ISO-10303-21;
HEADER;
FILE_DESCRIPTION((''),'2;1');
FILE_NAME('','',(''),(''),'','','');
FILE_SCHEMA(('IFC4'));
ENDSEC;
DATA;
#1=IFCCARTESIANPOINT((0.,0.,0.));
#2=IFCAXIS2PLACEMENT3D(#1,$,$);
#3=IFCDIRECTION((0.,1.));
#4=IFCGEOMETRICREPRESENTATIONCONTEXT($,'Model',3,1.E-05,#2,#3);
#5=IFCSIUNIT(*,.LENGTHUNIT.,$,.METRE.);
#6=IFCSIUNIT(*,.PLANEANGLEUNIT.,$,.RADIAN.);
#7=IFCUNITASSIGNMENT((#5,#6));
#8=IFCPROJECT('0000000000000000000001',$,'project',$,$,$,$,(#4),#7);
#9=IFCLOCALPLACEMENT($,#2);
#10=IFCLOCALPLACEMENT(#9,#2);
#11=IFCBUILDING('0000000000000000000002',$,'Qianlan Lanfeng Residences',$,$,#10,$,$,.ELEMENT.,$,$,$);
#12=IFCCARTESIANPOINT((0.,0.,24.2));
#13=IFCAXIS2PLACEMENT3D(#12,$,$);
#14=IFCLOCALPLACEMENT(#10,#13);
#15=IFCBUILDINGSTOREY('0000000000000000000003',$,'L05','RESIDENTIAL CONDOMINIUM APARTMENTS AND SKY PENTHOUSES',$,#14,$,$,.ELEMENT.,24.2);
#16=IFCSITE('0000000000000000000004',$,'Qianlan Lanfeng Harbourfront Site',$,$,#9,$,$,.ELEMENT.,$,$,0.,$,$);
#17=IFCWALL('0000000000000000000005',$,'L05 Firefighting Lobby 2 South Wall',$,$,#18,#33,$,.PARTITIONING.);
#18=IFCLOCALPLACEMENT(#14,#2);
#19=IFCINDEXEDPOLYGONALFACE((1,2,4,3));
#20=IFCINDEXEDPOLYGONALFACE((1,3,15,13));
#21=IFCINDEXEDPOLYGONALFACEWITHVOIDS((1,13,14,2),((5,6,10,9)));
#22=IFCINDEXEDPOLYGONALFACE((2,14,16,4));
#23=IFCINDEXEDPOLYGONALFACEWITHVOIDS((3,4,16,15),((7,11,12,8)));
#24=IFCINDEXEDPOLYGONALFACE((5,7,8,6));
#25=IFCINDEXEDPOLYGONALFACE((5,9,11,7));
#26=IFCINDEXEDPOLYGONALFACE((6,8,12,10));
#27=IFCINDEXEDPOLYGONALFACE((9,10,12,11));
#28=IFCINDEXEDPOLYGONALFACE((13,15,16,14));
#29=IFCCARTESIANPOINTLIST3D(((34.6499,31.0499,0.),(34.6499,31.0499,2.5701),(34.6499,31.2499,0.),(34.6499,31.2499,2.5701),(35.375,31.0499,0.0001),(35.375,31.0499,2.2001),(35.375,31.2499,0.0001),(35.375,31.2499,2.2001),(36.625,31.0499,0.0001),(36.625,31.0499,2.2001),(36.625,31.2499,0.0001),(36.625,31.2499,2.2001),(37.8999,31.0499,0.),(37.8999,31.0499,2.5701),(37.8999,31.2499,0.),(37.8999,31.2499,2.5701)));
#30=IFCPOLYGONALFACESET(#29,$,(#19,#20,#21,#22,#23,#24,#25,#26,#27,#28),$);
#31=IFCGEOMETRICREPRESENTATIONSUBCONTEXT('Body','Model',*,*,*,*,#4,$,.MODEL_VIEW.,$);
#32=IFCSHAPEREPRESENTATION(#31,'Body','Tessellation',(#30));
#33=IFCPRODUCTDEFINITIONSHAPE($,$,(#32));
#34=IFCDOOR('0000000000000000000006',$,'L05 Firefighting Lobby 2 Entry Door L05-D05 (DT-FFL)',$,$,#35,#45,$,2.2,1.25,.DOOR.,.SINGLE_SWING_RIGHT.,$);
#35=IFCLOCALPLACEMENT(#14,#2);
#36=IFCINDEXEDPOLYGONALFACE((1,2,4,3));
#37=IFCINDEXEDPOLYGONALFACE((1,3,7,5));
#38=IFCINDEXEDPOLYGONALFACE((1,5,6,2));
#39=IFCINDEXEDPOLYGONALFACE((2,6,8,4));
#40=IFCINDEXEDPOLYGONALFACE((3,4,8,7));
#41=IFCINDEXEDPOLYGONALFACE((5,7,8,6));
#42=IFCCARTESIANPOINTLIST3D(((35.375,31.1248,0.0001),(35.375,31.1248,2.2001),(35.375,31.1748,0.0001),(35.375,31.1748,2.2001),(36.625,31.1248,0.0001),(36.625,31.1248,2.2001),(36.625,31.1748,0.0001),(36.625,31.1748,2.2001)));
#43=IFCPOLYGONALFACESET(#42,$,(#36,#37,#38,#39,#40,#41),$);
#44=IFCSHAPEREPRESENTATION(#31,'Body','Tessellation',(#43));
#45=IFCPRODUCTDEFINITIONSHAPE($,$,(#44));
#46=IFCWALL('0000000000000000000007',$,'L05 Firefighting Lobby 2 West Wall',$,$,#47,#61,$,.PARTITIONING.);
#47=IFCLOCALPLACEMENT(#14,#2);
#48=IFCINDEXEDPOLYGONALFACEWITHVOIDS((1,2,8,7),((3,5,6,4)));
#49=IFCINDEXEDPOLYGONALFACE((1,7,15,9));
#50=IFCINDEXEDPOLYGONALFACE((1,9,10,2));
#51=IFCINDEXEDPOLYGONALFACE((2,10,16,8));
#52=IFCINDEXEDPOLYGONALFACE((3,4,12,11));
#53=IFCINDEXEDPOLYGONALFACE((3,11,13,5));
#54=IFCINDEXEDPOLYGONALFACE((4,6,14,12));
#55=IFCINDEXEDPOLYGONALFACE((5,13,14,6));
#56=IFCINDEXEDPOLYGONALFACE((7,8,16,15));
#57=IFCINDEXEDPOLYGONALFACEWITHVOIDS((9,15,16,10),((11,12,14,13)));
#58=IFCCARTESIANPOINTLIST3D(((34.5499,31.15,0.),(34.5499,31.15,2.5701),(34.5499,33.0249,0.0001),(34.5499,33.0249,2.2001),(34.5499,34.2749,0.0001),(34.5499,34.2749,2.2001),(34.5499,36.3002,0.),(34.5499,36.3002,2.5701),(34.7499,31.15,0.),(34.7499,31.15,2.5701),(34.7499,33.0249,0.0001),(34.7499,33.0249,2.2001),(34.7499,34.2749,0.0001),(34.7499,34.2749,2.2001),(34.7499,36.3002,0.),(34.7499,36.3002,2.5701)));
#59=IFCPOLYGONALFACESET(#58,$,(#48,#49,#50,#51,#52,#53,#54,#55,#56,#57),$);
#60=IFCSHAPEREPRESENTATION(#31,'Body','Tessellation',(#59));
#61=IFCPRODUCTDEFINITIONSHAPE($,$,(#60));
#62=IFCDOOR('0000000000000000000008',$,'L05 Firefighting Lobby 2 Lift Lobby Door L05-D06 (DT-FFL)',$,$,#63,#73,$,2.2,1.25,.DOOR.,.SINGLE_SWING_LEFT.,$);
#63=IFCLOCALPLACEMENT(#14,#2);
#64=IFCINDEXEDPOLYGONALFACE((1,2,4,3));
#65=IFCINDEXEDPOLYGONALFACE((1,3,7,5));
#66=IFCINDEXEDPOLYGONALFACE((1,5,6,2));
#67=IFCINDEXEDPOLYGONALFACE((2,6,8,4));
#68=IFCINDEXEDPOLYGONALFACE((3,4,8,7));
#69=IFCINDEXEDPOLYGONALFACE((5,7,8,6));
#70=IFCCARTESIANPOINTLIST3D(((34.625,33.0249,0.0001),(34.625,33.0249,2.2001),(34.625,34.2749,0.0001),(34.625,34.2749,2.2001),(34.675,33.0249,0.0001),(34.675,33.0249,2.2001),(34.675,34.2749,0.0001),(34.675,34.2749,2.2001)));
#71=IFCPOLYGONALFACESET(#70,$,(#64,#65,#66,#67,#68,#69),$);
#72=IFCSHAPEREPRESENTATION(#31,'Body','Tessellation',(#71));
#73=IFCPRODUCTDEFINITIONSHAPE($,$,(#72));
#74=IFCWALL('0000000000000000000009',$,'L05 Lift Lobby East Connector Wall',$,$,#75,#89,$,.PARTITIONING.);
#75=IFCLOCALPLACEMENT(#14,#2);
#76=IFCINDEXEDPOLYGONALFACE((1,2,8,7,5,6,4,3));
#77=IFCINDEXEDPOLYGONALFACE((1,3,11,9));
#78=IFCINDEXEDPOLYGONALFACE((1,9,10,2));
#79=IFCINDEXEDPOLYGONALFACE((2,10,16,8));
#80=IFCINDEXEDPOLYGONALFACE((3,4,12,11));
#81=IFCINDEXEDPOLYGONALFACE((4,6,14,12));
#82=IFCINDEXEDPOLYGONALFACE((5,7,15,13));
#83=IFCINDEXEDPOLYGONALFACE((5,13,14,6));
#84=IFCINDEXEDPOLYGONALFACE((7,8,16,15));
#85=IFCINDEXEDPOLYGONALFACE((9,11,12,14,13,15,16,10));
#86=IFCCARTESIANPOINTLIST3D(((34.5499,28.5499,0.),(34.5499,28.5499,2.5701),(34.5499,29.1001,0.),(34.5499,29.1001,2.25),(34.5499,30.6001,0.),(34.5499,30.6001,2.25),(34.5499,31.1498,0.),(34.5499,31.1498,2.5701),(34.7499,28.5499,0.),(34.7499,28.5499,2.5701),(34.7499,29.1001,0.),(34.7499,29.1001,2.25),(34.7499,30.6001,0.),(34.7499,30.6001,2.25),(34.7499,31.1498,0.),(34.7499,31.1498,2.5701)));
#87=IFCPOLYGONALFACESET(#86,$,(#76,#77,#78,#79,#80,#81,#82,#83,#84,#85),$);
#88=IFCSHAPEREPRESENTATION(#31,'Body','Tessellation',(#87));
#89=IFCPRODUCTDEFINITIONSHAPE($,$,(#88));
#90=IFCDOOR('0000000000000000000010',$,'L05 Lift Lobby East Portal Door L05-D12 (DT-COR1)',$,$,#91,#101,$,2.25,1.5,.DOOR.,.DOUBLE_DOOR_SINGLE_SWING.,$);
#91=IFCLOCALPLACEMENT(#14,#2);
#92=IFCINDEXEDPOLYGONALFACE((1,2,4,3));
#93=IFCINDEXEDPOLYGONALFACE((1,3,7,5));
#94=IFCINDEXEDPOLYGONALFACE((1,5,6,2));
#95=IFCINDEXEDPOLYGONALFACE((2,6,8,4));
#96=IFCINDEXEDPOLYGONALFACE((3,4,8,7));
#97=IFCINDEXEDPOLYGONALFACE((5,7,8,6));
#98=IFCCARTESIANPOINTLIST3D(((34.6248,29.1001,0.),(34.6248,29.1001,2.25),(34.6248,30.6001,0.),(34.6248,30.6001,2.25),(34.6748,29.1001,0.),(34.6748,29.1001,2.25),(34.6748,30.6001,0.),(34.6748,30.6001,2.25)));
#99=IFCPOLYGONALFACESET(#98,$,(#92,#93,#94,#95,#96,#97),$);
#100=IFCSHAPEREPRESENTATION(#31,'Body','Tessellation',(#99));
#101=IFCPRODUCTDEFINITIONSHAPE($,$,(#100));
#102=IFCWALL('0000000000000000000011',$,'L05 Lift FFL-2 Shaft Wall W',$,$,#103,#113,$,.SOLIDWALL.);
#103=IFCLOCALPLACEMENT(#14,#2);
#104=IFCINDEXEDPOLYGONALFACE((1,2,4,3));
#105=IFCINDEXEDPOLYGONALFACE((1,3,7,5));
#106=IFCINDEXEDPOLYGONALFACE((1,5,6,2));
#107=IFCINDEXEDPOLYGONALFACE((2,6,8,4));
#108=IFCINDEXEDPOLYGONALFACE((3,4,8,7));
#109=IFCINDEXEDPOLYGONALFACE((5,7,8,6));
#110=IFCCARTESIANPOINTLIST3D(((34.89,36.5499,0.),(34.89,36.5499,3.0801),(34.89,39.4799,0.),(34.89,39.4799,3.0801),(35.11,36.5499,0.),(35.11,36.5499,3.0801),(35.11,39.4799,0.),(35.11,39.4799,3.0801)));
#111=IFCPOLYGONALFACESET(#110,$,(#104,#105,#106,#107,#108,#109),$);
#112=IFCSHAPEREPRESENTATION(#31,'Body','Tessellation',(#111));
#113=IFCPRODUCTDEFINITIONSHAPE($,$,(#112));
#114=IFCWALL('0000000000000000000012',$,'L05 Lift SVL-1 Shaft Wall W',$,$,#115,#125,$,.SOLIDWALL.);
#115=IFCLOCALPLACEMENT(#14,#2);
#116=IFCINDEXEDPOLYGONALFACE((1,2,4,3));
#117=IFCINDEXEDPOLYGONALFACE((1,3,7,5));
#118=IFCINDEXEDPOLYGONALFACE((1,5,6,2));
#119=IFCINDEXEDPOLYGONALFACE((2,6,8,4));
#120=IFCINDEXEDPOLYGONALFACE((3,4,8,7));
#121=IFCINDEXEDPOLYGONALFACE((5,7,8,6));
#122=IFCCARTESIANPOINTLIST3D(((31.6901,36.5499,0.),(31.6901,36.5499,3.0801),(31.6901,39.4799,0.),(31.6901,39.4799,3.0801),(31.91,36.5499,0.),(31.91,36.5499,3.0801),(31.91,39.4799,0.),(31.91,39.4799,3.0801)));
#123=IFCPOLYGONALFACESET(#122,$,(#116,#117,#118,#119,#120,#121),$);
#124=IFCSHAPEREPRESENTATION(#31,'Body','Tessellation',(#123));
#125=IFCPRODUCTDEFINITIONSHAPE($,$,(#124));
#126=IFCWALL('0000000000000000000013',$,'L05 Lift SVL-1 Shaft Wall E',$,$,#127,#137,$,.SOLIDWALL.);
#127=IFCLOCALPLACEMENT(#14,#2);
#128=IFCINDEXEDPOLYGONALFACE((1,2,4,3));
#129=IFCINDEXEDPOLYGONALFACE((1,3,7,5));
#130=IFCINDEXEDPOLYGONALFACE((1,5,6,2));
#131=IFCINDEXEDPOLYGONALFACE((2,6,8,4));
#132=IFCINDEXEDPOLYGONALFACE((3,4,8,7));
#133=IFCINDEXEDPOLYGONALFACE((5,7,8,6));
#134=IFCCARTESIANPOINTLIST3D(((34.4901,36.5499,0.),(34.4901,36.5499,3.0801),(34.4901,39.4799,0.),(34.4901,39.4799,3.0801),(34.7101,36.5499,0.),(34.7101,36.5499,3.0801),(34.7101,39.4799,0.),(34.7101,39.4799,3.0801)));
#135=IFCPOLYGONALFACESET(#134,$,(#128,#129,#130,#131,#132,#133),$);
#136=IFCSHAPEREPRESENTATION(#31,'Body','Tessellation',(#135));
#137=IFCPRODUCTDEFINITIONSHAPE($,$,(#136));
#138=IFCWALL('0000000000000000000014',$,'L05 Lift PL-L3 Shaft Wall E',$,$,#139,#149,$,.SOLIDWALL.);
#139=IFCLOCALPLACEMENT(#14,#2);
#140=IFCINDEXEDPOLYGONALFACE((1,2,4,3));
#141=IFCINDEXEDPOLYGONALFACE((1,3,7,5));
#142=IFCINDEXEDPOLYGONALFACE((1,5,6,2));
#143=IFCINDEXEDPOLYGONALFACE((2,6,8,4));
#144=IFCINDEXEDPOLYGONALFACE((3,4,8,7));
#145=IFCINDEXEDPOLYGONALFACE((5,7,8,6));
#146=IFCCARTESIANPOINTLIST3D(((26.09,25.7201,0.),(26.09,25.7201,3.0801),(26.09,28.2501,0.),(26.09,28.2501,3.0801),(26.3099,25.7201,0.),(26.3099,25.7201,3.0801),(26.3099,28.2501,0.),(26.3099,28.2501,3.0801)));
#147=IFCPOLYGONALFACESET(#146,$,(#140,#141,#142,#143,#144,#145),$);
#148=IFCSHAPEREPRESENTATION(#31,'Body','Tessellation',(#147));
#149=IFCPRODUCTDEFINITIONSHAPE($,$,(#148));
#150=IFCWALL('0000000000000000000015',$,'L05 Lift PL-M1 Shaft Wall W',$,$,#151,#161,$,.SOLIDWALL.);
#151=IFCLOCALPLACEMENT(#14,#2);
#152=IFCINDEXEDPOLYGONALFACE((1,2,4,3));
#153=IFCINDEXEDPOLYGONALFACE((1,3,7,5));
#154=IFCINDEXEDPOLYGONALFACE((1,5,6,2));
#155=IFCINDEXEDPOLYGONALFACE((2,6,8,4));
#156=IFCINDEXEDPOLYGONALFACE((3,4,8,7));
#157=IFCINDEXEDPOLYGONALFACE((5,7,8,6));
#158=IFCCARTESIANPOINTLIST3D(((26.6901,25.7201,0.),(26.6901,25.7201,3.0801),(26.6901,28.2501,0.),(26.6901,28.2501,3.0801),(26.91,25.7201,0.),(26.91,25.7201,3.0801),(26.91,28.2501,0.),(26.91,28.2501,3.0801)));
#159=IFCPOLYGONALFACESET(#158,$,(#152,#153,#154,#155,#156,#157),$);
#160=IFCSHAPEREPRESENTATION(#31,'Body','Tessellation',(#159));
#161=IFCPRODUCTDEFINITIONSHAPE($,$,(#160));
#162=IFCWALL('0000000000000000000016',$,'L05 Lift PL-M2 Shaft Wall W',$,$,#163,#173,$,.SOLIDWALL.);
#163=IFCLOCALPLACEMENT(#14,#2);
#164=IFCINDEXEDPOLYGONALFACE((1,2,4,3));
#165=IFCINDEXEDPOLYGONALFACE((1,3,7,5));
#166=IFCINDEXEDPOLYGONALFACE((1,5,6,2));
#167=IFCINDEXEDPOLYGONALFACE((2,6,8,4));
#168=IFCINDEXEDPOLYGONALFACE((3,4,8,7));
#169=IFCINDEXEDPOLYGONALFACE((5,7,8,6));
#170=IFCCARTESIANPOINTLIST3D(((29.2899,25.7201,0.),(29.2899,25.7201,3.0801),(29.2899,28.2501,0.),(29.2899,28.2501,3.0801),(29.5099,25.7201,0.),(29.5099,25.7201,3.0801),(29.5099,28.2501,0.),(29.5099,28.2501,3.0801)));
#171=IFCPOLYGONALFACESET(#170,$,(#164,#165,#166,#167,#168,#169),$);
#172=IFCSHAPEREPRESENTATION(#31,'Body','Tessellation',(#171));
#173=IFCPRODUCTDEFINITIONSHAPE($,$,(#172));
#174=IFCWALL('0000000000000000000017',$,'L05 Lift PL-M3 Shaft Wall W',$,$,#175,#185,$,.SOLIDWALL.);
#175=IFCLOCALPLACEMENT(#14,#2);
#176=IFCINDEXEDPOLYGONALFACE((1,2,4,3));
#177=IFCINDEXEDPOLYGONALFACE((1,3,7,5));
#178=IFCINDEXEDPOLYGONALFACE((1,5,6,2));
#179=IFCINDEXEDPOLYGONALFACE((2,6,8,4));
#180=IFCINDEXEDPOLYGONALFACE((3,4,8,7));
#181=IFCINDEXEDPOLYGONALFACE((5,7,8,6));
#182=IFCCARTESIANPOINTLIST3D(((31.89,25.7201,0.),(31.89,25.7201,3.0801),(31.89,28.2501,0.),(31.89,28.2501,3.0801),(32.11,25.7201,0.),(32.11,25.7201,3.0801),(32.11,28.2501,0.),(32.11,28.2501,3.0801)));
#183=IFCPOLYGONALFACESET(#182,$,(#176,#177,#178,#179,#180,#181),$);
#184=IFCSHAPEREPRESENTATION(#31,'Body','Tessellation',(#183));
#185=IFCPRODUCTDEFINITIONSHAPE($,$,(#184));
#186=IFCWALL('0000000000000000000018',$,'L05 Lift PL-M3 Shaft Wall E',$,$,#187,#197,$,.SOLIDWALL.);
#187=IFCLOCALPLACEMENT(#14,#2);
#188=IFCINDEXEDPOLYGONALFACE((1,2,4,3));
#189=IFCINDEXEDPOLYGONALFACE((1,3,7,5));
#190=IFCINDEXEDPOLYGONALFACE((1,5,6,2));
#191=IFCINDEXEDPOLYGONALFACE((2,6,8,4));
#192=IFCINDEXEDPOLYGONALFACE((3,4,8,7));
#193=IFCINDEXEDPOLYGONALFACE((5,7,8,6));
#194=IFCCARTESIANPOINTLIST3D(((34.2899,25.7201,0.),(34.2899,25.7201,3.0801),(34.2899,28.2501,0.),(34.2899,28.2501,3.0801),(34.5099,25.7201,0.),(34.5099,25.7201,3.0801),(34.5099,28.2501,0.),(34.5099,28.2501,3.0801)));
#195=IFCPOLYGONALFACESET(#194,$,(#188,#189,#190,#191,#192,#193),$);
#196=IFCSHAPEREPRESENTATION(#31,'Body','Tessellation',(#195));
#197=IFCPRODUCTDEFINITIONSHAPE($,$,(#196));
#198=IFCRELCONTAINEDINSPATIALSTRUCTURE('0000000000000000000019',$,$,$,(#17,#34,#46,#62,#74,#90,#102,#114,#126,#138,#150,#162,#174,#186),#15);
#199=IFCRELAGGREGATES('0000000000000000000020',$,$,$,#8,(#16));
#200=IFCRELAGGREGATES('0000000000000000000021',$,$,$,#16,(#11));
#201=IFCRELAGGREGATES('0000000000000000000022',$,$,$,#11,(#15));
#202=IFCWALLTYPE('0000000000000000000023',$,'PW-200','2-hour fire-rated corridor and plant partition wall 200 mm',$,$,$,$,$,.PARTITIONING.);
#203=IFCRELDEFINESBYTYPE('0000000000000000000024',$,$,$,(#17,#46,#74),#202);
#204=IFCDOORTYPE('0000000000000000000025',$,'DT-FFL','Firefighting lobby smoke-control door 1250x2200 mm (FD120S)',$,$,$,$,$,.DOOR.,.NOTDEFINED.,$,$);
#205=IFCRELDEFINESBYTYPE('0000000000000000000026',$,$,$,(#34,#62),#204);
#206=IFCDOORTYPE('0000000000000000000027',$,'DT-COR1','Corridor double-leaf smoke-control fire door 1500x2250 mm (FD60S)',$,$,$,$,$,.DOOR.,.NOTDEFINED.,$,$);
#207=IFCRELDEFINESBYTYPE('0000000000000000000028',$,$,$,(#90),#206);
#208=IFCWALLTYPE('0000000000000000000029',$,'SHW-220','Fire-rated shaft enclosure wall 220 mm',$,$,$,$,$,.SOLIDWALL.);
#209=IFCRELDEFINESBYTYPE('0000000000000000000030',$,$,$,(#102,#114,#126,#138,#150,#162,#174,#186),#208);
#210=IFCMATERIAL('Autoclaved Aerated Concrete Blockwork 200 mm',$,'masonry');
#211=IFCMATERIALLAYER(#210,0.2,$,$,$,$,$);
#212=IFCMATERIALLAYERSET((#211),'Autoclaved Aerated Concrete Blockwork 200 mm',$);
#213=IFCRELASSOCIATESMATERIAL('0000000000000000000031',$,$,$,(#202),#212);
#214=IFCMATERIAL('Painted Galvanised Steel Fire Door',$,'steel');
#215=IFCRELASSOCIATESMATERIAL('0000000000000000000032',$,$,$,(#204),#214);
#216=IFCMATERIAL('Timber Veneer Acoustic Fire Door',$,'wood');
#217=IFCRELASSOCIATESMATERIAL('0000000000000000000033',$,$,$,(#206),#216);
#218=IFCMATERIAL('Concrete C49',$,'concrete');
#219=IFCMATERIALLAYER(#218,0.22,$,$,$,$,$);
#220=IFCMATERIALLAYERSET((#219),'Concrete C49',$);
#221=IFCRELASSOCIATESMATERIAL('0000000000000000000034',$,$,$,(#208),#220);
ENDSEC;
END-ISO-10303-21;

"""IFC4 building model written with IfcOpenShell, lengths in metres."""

from ifc_helpers import new_model, si_unit, direction, frame, frame_2d, origin, place, context, subcontext, project, spatial, rectangle, extrude, material, layer, layer_set, type_object, element, fill, save


model = new_model("IFC4")

# Units and contexts
model_context = context("Model", 3, precision=1e-05, world=origin(), true_north=direction((0.0, 1.0)))
body_context = subcontext(model_context, "Body", "Model", "MODEL_VIEW")
ifc_project = project(units=[si_unit("LENGTHUNIT", "METRE"), si_unit("PLANEANGLEUNIT", "RADIAN")], contexts=[model_context])

# Site, building, storey
site_placement = place(None, origin())
site = spatial("IfcSite", under=ifc_project, at=site_placement, Name="Qianlan Lanfeng Harbourfront Site", CompositionType="ELEMENT", RefElevation=0.0)
building_placement = place(site_placement, origin())
building = spatial("IfcBuilding", under=site, at=building_placement, Name="Qianlan Lanfeng Residences", CompositionType="ELEMENT")
storey_placement = place(building_placement, frame((0.0, 0.0, 24.2)))
storey = spatial("IfcBuildingStorey", under=building, at=storey_placement, Name="L05", Description="RESIDENTIAL CONDOMINIUM APARTMENTS AND SKY PENTHOUSES", CompositionType="ELEMENT", Elevation=24.2)

# Walls, openings, doors
ifc_material_1 = material(Name="Autoclaved Aerated Concrete Blockwork 200 mm", Category="masonry")
ifc_layer_1 = layer(ifc_material_1, 0.2)
ifc_layer_set_1 = layer_set([ifc_layer_1], Name="Autoclaved Aerated Concrete Blockwork 200 mm")
wall_type_1 = type_object("IfcWallType", Name="PW-200", Description="2-hour fire-rated corridor and plant partition wall 200 mm", PredefinedType="PARTITIONING", material=ifc_layer_set_1)
wall_1_placement = place(storey_placement, frame((34.6499, 31.1499, 0.0), z_axis=(0.0, 0.0, 1.0), x_axis=(1.0, 0.0, 0.0)))
wall_1 = element("IfcWall", 1, at=wall_1_placement, inside=storey, type_object=wall_type_1, Name="L05 Firefighting Lobby 2 South Wall", PredefinedType="PARTITIONING", context=body_context, shape_type="SweptSolid", body=[
    extrude(rectangle(XDim=3.25, YDim=0.2, at=frame_2d((1.625, 0.0))), origin(), (0.0, 0.0, 1.0), 2.5701),
])
opening_1_placement = place(wall_1_placement, frame((0.7251, 0.0, 0.0)))
opening_1 = element("IfcOpeningElement", 2, at=opening_1_placement, cuts=wall_1, PredefinedType="OPENING", context=body_context, shape_type="SweptSolid", body=[
    extrude(rectangle(XDim=1.25, YDim=2.2, at=frame_2d((0.625, 1.1001))), frame((0.0, 0.1099, 0.0), z_axis=(0.0, -1.0, 0.0), x_axis=(1.0, 0.0, 0.0)), (0.0, 0.0, 1.0), 0.22),
])
ifc_material_2 = material(Name="Painted Galvanised Steel Fire Door", Category="steel")
door_type_1 = type_object("IfcDoorType", Name="DT-FFL", Description="Firefighting lobby smoke-control door 1250x2200 mm (FD120S)", OperationType="NOTDEFINED", PredefinedType="DOOR", material=ifc_material_2)
door_1_placement = place(opening_1_placement, origin())
door_1 = element("IfcDoor", 3, at=door_1_placement, inside=storey, type_object=door_type_1, Name="L05 Firefighting Lobby 2 Entry Door L05-D05 (DT-FFL)", OperationType="SINGLE_SWING_RIGHT", OverallHeight=2.2, OverallWidth=1.25, PredefinedType="DOOR", context=body_context, shape_type="SweptSolid", body=[
    extrude(rectangle(XDim=1.25, YDim=2.2, at=frame_2d((0.625, 1.1001))), frame((0.0, 0.0249, 0.0), z_axis=(0.0, -1.0, 0.0), x_axis=(1.0, 0.0, 0.0)), (0.0, 0.0, 1.0), 0.05),
])
fill(opening_1, door_1)
wall_2_placement = place(storey_placement, frame((34.6499, 31.1499, 0.0), z_axis=(0.0, 0.0, 1.0), x_axis=(0.0, 1.0, 0.0)))
wall_2 = element("IfcWall", 4, at=wall_2_placement, inside=storey, type_object=wall_type_1, Name="L05 Firefighting Lobby 2 West Wall", PredefinedType="PARTITIONING", context=body_context, shape_type="SweptSolid", body=[
    extrude(rectangle(XDim=5.1501, YDim=0.2, at=frame_2d((2.5752, 0.0))), origin(), (0.0, 0.0, 1.0), 2.5701),
])
opening_2_placement = place(wall_2_placement, frame((1.875, 0.0, 0.0)))
opening_2 = element("IfcOpeningElement", 5, at=opening_2_placement, cuts=wall_2, PredefinedType="OPENING", context=body_context, shape_type="SweptSolid", body=[
    extrude(rectangle(XDim=1.25, YDim=2.2, at=frame_2d((0.625, 1.1001))), frame((0.0, 0.1099, 0.0), z_axis=(0.0, -1.0, 0.0), x_axis=(1.0, 0.0, 0.0)), (0.0, 0.0, 1.0), 0.22),
])
door_2_placement = place(opening_2_placement, origin())
door_2 = element("IfcDoor", 6, at=door_2_placement, inside=storey, type_object=door_type_1, Name="L05 Firefighting Lobby 2 Lift Lobby Door L05-D06 (DT-FFL)", OperationType="SINGLE_SWING_LEFT", OverallHeight=2.2, OverallWidth=1.25, PredefinedType="DOOR", context=body_context, shape_type="SweptSolid", body=[
    extrude(rectangle(XDim=1.25, YDim=2.2, at=frame_2d((0.625, 1.1001))), frame((0.0, 0.0249, 0.0), z_axis=(0.0, -1.0, 0.0), x_axis=(1.0, 0.0, 0.0)), (0.0, 0.0, 1.0), 0.05),
])
fill(opening_2, door_2)
wall_3_placement = place(storey_placement, frame((34.6499, 28.55, 0.0), z_axis=(0.0, 0.0, 1.0), x_axis=(0.0, 1.0, 0.0)))
wall_3 = element("IfcWall", 7, at=wall_3_placement, inside=storey, type_object=wall_type_1, Name="L05 Lift Lobby East Connector Wall", PredefinedType="PARTITIONING", context=body_context, shape_type="SweptSolid", body=[
    extrude(rectangle(XDim=2.5999, YDim=0.2, at=frame_2d((1.2998, 0.0))), origin(), (0.0, 0.0, 1.0), 2.5701),
])
opening_3_placement = place(wall_3_placement, frame((0.55, 0.0, 0.0)))
opening_3 = element("IfcOpeningElement", 8, at=opening_3_placement, cuts=wall_3, PredefinedType="OPENING", context=body_context, shape_type="SweptSolid", body=[
    extrude(rectangle(XDim=1.5, YDim=2.25, at=frame_2d((0.75, 1.125))), frame((0.0, 0.1099, 0.0), z_axis=(0.0, -1.0, 0.0), x_axis=(1.0, 0.0, 0.0)), (0.0, 0.0, 1.0), 0.22),
])
ifc_material_3 = material(Name="Timber Veneer Acoustic Fire Door", Category="wood")
door_type_2 = type_object("IfcDoorType", Name="DT-COR1", Description="Corridor double-leaf smoke-control fire door 1500x2250 mm (FD60S)", OperationType="NOTDEFINED", PredefinedType="DOOR", material=ifc_material_3)
door_3_placement = place(opening_3_placement, frame((1.5, 0.0, 0.0), z_axis=(0.0, 0.0, 1.0), x_axis=(-1.0, 0.0, 0.0)))
door_3 = element("IfcDoor", 9, at=door_3_placement, inside=storey, type_object=door_type_2, Name="L05 Lift Lobby East Portal Door L05-D12 (DT-COR1)", OperationType="DOUBLE_DOOR_SINGLE_SWING", OverallHeight=2.25, OverallWidth=1.5, PredefinedType="DOOR", context=body_context, shape_type="SweptSolid", body=[
    extrude(rectangle(XDim=1.5, YDim=2.25, at=frame_2d((0.75, 1.125))), frame((0.0, 0.0249, 0.0), z_axis=(0.0, -1.0, 0.0), x_axis=(1.0, 0.0, 0.0)), (0.0, 0.0, 1.0), 0.05),
])
fill(opening_3, door_3)

# Walls
ifc_material_4 = material(Name="Concrete C49", Category="concrete")
ifc_layer_2 = layer(ifc_material_4, 0.22)
ifc_layer_set_2 = layer_set([ifc_layer_2], Name="Concrete C49")
wall_type_2 = type_object("IfcWallType", Name="SHW-220", Description="Fire-rated shaft enclosure wall 220 mm", PredefinedType="SOLIDWALL", material=ifc_layer_set_2)
for number, where, z_axis, x_axis, name in (
    (10, (35.0, 36.55, 0.0), (0.0, 0.0, 1.0), (0.0, 1.0, 0.0), "L05 Lift FFL-2 Shaft Wall W"),
    (11, (31.8, 36.55, 0.0), (0.0, 0.0, 1.0), (0.0, 1.0, 0.0), "L05 Lift SVL-1 Shaft Wall W"),
    (12, (34.6001, 36.55, 0.0), (0.0, 0.0, 1.0), (0.0, 1.0, 0.0), "L05 Lift SVL-1 Shaft Wall E"),
):
    element("IfcWall", number, at=place(storey_placement, frame(where, z_axis=z_axis, x_axis=x_axis)), inside=storey, type_object=wall_type_2, Name=name, PredefinedType="SOLIDWALL", context=body_context, shape_type="SweptSolid", body=[
        extrude(rectangle(XDim=2.9299, YDim=0.22, at=frame_2d((1.4648, 0.0))), origin(), (0.0, 0.0, 1.0), 3.0801),
    ])
for number, where, z_axis, x_axis, name in (
    (13, (26.2, 25.72, 0.0), (0.0, 0.0, 1.0), (0.0, 1.0, 0.0), "L05 Lift PL-L3 Shaft Wall E"),
    (14, (26.8, 25.72, 0.0), (0.0, 0.0, 1.0), (0.0, 1.0, 0.0), "L05 Lift PL-M1 Shaft Wall W"),
    (15, (29.3999, 25.72, 0.0), (0.0, 0.0, 1.0), (0.0, 1.0, 0.0), "L05 Lift PL-M2 Shaft Wall W"),
    (16, (32.0, 25.72, 0.0), (0.0, 0.0, 1.0), (0.0, 1.0, 0.0), "L05 Lift PL-M3 Shaft Wall W"),
    (17, (34.3999, 25.72, 0.0), (0.0, 0.0, 1.0), (0.0, 1.0, 0.0), "L05 Lift PL-M3 Shaft Wall E"),
):
    element("IfcWall", number, at=place(storey_placement, frame(where, z_axis=z_axis, x_axis=x_axis)), inside=storey, type_object=wall_type_2, Name=name, PredefinedType="SOLIDWALL", context=body_context, shape_type="SweptSolid", body=[
        extrude(rectangle(XDim=2.53, YDim=0.22, at=frame_2d((1.2651, 0.0))), origin(), (0.0, 0.0, 1.0), 3.0801),
    ])

save(model, "model.ifc")
